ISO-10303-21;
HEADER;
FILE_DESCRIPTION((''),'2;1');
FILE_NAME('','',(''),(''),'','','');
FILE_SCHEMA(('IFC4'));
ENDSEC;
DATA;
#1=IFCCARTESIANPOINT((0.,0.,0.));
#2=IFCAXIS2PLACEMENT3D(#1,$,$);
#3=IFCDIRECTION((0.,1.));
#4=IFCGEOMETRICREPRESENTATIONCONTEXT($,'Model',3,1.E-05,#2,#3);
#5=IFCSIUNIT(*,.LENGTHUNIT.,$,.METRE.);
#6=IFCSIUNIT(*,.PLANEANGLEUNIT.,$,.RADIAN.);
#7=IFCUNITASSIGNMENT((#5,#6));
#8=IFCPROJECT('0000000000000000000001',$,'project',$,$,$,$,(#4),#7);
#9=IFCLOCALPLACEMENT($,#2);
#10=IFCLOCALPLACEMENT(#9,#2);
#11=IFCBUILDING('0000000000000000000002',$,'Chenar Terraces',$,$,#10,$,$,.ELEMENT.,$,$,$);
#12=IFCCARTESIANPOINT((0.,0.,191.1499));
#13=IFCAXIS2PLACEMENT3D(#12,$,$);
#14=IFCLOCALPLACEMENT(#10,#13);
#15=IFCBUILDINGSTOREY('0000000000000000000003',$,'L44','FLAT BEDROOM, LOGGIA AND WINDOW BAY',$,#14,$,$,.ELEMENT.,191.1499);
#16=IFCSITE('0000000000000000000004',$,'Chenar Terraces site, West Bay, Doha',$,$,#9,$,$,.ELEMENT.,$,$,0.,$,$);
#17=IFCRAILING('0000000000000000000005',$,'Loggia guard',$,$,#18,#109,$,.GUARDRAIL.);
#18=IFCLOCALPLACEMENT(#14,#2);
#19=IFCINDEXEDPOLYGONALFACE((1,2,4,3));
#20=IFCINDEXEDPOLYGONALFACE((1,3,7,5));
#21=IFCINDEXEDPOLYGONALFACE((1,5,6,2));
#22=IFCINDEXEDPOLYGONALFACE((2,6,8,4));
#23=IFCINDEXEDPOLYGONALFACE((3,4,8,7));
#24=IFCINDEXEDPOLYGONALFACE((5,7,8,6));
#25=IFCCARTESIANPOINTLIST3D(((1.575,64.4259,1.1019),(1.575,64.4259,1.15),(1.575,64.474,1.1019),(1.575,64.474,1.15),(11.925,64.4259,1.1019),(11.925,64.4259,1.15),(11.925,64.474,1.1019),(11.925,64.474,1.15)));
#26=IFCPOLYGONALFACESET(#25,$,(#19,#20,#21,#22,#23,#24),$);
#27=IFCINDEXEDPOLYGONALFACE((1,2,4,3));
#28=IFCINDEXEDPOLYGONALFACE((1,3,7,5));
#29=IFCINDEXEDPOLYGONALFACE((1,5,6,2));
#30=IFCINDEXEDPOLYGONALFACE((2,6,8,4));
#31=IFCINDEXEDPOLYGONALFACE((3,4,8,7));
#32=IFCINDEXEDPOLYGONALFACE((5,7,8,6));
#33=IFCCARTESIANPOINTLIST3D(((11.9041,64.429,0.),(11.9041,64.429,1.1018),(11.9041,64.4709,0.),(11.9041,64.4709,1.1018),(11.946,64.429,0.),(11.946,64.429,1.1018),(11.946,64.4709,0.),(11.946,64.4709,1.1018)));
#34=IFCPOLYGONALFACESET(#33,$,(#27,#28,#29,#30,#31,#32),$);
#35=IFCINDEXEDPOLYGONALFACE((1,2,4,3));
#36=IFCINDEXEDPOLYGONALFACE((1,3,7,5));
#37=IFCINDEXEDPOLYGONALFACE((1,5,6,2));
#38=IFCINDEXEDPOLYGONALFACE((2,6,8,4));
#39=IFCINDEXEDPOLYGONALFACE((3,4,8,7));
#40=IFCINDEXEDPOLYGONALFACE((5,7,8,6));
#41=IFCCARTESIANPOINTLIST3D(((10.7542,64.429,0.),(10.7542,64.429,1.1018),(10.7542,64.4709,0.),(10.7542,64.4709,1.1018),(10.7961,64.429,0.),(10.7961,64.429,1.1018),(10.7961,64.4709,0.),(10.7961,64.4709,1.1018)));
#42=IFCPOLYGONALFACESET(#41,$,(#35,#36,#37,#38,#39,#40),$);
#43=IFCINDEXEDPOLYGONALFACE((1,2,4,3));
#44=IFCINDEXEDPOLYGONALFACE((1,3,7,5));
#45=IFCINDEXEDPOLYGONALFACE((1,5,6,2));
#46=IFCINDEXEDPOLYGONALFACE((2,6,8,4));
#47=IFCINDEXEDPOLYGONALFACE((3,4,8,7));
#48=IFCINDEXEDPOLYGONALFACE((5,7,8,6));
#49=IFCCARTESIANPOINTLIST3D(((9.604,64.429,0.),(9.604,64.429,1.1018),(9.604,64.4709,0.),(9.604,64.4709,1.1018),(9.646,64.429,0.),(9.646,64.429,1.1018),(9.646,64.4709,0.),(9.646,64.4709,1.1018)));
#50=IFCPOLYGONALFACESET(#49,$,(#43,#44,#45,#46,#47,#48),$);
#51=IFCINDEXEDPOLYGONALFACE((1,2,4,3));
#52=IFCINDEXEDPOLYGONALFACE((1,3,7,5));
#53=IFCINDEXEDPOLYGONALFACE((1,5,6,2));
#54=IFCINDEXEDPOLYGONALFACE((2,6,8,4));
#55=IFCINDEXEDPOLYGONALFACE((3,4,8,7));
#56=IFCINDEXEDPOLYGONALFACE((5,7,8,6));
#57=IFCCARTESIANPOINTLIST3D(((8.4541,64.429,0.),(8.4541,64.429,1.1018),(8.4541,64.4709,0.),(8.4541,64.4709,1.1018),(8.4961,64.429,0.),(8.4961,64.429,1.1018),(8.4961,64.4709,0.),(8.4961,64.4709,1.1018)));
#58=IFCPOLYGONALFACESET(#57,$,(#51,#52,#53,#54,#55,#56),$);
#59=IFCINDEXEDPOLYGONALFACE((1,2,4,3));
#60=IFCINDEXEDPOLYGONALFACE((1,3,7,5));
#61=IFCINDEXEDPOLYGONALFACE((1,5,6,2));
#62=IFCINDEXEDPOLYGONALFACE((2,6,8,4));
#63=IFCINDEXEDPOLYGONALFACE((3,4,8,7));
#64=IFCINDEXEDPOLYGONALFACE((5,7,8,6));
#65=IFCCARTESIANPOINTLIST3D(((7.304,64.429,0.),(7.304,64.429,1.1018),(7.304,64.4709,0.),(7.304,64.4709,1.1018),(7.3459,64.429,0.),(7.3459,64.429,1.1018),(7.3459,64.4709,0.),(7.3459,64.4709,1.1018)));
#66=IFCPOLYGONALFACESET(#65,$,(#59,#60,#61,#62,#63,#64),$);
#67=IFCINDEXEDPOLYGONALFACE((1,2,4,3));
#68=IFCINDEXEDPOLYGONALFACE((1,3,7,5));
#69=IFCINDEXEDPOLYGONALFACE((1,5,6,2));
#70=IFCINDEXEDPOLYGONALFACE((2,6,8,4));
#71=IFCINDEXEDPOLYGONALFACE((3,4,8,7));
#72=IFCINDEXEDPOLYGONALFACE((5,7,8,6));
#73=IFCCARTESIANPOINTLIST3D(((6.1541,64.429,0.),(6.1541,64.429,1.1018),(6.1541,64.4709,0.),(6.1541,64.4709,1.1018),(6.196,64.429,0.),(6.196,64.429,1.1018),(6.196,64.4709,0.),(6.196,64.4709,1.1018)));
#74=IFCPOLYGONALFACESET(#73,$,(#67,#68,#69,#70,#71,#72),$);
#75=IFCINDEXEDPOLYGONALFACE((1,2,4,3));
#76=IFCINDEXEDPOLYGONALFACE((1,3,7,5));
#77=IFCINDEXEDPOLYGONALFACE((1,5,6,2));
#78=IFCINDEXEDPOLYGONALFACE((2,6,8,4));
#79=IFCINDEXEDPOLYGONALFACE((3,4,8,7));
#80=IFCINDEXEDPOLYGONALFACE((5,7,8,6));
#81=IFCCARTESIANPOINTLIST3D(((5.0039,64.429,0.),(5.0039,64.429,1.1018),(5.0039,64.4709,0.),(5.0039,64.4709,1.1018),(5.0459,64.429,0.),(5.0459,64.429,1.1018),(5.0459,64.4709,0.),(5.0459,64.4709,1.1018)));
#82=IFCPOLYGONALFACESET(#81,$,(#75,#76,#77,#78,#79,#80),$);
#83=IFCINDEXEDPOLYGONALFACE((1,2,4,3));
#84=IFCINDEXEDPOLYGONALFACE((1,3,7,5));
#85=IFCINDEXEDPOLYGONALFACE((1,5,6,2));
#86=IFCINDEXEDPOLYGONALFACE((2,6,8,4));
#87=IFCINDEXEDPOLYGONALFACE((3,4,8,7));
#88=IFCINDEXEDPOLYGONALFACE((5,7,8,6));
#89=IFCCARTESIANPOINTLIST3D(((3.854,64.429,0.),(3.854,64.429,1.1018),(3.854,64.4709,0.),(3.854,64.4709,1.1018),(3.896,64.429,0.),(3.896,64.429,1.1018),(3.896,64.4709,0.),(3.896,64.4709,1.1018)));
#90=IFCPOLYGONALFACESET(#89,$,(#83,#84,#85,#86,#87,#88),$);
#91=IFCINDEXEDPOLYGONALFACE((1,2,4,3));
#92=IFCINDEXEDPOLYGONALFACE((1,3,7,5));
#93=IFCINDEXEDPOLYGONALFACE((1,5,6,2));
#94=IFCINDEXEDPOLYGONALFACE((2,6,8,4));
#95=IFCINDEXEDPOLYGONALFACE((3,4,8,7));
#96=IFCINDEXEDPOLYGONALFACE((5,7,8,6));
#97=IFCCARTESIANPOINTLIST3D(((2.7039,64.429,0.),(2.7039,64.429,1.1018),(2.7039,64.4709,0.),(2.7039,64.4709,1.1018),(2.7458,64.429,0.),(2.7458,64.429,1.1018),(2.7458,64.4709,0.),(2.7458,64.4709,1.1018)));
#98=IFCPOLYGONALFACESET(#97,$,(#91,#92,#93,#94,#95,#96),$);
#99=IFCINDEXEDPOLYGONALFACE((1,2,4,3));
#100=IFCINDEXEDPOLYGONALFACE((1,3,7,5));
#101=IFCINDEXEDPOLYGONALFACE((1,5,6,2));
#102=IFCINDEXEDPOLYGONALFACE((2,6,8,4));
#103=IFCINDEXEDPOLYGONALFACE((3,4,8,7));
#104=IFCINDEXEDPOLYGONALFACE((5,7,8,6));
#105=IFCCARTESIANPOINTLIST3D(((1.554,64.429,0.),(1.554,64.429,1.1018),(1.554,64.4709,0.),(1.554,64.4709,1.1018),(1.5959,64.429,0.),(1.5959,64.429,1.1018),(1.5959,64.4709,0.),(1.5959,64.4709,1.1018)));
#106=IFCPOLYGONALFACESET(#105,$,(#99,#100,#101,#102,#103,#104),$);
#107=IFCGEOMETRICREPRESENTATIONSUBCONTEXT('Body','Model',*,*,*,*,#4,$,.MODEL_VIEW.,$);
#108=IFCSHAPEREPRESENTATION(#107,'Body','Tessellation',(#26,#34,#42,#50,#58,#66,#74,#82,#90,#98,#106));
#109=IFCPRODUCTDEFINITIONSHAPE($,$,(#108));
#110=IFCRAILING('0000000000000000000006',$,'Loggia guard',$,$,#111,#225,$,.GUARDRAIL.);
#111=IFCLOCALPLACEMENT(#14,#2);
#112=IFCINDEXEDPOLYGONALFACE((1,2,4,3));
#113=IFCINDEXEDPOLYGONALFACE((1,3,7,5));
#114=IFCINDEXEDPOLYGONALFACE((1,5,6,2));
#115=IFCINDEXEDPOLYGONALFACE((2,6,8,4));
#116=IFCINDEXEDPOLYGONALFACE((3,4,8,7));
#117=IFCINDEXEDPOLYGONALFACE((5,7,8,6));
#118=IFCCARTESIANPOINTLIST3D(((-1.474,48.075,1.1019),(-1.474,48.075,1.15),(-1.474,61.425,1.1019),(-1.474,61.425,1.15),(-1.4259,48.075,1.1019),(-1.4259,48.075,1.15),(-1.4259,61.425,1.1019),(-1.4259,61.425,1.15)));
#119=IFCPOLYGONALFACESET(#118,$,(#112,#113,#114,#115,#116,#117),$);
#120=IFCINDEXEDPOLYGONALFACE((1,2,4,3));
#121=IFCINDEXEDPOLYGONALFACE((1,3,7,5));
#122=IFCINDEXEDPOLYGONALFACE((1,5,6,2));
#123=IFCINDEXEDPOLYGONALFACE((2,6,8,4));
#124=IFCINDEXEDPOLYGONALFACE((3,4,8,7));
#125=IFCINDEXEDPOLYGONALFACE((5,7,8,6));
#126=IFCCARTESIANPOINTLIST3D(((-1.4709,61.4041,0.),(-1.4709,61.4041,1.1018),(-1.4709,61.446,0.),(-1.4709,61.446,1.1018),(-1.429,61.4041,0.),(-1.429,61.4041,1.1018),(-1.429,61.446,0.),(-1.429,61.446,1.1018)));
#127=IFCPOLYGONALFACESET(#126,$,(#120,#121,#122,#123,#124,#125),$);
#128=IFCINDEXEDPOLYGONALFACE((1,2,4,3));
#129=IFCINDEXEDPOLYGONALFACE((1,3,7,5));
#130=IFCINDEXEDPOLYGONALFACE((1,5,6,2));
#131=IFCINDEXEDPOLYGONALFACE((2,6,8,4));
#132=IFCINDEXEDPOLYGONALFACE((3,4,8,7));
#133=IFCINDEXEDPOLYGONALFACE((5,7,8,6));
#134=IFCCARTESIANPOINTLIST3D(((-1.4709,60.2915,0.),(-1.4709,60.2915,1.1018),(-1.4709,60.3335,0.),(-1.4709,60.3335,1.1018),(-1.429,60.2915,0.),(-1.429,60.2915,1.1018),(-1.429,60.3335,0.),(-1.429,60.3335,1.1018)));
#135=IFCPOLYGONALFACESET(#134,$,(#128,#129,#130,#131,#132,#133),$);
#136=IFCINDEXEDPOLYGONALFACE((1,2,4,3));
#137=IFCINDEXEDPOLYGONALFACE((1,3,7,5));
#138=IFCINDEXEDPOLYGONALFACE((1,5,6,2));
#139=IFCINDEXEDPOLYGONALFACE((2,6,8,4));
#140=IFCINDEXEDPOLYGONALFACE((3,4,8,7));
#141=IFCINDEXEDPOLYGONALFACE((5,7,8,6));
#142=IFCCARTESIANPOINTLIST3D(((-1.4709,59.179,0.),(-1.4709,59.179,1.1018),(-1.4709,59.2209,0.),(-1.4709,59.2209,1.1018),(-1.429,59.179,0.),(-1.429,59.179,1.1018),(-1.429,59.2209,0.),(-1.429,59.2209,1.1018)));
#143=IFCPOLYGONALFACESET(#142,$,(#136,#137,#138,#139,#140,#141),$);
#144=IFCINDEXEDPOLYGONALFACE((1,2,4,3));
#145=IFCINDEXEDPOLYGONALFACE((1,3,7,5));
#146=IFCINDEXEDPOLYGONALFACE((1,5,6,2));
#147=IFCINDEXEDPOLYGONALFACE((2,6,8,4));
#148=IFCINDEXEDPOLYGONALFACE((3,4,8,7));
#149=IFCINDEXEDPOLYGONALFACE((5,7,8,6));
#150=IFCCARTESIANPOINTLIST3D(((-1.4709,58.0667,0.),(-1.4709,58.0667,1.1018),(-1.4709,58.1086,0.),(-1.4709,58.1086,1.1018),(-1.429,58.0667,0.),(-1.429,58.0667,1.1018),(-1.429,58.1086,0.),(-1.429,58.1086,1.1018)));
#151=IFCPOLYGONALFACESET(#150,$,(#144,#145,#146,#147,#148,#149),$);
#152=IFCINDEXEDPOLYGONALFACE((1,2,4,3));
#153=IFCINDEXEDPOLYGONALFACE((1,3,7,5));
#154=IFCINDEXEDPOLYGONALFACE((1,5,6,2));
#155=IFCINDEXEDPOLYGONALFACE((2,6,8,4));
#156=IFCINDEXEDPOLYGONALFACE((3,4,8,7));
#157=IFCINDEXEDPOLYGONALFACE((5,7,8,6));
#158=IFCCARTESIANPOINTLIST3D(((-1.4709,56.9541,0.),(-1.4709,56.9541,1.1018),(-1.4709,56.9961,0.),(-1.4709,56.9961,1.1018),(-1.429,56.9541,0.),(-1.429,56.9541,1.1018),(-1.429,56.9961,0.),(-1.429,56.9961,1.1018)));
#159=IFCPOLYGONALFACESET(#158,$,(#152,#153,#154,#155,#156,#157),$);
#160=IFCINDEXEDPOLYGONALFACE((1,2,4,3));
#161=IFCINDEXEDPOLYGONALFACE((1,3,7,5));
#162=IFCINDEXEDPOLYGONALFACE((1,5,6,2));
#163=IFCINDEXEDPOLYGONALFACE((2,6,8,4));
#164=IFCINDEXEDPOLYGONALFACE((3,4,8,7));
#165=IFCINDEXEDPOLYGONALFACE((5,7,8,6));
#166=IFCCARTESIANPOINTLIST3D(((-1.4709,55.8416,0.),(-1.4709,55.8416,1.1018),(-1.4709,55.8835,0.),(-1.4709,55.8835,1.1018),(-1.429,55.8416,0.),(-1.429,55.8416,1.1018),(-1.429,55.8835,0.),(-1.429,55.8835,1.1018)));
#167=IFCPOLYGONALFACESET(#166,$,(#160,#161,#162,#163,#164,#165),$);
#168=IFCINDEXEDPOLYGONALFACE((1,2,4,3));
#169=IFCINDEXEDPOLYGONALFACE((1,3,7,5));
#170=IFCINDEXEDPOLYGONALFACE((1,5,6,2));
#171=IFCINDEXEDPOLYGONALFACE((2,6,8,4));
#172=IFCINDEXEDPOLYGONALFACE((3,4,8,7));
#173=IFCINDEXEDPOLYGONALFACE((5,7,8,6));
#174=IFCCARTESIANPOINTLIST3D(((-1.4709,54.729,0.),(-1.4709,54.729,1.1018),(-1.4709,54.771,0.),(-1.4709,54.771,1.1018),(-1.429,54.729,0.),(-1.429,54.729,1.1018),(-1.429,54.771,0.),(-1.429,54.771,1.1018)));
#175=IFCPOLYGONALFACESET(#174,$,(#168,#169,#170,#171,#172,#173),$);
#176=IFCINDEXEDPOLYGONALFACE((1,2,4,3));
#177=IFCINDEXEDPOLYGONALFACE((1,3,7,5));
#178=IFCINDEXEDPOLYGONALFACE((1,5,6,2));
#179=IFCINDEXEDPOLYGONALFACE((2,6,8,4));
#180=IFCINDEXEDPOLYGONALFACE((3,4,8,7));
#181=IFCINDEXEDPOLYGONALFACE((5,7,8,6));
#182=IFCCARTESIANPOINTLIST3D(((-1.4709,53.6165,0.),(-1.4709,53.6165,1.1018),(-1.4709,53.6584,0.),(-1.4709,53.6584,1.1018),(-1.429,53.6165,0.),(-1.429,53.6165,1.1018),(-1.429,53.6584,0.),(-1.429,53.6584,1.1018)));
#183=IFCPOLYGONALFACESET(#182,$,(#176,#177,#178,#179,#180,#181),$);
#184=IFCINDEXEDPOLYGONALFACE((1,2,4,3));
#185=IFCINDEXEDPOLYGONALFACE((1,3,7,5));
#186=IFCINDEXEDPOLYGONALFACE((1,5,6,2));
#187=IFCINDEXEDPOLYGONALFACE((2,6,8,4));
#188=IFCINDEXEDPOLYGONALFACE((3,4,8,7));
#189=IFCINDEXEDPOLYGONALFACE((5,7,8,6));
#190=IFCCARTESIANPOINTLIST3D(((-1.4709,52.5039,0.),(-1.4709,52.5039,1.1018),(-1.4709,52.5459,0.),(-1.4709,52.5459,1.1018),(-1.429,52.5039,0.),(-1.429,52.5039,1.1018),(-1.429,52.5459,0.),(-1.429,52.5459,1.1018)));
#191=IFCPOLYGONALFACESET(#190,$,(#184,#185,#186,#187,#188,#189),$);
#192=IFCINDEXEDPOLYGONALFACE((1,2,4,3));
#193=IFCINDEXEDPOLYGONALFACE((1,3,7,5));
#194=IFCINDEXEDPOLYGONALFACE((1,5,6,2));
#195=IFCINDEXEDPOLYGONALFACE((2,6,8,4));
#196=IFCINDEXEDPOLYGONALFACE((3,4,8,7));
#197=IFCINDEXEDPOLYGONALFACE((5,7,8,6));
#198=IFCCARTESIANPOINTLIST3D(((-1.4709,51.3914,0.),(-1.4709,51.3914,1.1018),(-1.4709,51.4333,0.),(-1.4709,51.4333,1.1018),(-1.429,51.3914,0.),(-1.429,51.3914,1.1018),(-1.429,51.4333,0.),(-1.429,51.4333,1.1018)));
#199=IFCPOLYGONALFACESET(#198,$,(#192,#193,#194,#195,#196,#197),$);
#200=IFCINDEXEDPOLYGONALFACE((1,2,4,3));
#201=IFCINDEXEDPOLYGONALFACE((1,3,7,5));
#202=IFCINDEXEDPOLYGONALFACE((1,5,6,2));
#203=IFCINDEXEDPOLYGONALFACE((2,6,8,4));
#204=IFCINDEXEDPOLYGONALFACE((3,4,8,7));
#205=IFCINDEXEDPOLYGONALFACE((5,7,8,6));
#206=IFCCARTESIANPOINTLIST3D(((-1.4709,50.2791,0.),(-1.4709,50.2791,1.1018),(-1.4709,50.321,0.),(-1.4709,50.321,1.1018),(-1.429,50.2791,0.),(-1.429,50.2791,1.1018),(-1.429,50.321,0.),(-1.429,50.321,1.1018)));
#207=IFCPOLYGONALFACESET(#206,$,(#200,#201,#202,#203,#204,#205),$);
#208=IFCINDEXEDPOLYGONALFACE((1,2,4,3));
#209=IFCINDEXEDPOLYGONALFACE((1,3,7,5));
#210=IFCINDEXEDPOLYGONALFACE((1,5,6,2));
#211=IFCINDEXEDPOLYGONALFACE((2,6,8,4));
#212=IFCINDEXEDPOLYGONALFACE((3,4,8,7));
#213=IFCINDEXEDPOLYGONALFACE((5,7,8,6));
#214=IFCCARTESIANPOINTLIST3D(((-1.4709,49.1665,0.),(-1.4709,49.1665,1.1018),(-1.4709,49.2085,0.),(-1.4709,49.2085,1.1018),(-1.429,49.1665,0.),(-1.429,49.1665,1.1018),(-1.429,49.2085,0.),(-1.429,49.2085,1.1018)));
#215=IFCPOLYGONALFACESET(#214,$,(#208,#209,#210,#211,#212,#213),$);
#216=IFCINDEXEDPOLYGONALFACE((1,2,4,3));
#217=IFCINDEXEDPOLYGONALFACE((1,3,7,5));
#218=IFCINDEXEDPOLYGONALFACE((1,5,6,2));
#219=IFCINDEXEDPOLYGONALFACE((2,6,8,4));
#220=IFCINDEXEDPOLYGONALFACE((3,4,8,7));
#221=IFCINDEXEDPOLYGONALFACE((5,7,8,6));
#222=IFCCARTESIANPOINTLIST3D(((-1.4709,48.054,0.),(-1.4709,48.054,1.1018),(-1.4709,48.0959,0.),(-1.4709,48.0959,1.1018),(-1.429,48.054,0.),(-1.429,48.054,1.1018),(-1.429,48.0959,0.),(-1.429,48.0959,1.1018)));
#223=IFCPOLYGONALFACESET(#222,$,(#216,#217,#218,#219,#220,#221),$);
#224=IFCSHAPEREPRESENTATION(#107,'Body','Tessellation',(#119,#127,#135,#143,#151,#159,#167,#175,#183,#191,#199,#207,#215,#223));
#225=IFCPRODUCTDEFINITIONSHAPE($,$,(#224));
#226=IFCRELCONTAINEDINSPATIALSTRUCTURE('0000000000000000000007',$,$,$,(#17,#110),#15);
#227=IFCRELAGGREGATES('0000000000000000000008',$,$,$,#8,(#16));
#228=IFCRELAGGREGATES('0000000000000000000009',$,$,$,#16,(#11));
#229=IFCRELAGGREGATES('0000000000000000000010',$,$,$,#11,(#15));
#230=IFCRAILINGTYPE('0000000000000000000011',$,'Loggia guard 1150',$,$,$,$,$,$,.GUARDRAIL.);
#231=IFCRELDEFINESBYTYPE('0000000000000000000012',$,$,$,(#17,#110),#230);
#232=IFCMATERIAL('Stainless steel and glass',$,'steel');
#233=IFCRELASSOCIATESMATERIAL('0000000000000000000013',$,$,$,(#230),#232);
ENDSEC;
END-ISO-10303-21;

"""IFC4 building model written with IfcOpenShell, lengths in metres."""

from ifc_helpers import new_model, si_unit, direction, frame, origin, origin_2d, place, context, subcontext, project, spatial, rectangle, extrude, material, type_object, element, save


model = new_model("IFC4")

# Units and contexts
model_context = context("Model", 3, precision=1e-05, world=origin(), true_north=direction((0.0, 1.0)))
body_context = subcontext(model_context, "Body", "Model", "MODEL_VIEW")
ifc_project = project(units=[si_unit("LENGTHUNIT", "METRE"), si_unit("PLANEANGLEUNIT", "RADIAN")], contexts=[model_context])

# Site, building, storey
site_placement = place(None, origin())
site = spatial("IfcSite", under=ifc_project, at=site_placement, Name="Chenar Terraces site, West Bay, Doha", CompositionType="ELEMENT", RefElevation=0.0)
building_placement = place(site_placement, origin())
building = spatial("IfcBuilding", under=site, at=building_placement, Name="Chenar Terraces", CompositionType="ELEMENT")
storey_placement = place(building_placement, frame((0.0, 0.0, 191.1499)))
storey = spatial("IfcBuildingStorey", under=building, at=storey_placement, Name="L44", Description="FLAT BEDROOM, LOGGIA AND WINDOW BAY", CompositionType="ELEMENT", Elevation=191.1499)

# Railings
ifc_material_1 = material(Name="Stainless steel and glass", Category="steel")
railing_type = type_object("IfcRailingType", Name="Loggia guard 1150", PredefinedType="GUARDRAIL", material=ifc_material_1)
railing_1_placement = place(storey_placement, frame((11.925, 64.45, 0.0)))
element("IfcRailing", 1, at=railing_1_placement, inside=storey, type_object=railing_type, Name="Loggia guard", PredefinedType="GUARDRAIL", context=body_context, shape_type="SweptSolid", body=[
    extrude(rectangle(XDim=0.0481, YDim=0.0481, at=origin_2d()), frame((0.0, 0.0, 1.126), z_axis=(-1.0, 0.0, 0.0), x_axis=(0.0, -1.0, 0.0)), (0.0, 0.0, 1.0), 10.3501),
    extrude(rectangle(XDim=0.042, YDim=0.042, at=origin_2d()), origin(), (0.0, 0.0, 1.0), 1.1018),
    extrude(rectangle(XDim=0.042, YDim=0.042, at=origin_2d()), frame((-1.1499, 0.0, 0.0)), (0.0, 0.0, 1.0), 1.1018),
    extrude(rectangle(XDim=0.042, YDim=0.042, at=origin_2d()), frame((-2.3, 0.0, 0.0)), (0.0, 0.0, 1.0), 1.1018),
    extrude(rectangle(XDim=0.042, YDim=0.042, at=origin_2d()), frame((-3.45, 0.0, 0.0)), (0.0, 0.0, 1.0), 1.1018),
    extrude(rectangle(XDim=0.042, YDim=0.042, at=origin_2d()), frame((-4.6001, 0.0, 0.0)), (0.0, 0.0, 1.0), 1.1018),
    extrude(rectangle(XDim=0.042, YDim=0.042, at=origin_2d()), frame((-5.75, 0.0, 0.0)), (0.0, 0.0, 1.0), 1.1018),
    extrude(rectangle(XDim=0.042, YDim=0.042, at=origin_2d()), frame((-6.9001, 0.0, 0.0)), (0.0, 0.0, 1.0), 1.1018),
    extrude(rectangle(XDim=0.042, YDim=0.042, at=origin_2d()), frame((-8.05, 0.0, 0.0)), (0.0, 0.0, 1.0), 1.1018),
    extrude(rectangle(XDim=0.042, YDim=0.042, at=origin_2d()), frame((-9.2002, 0.0, 0.0)), (0.0, 0.0, 1.0), 1.1018),
    extrude(rectangle(XDim=0.042, YDim=0.042, at=origin_2d()), frame((-10.3501, 0.0, 0.0)), (0.0, 0.0, 1.0), 1.1018),
])
railing_2_placement = place(storey_placement, frame((-1.45, 61.425, 0.0)))
element("IfcRailing", 2, at=railing_2_placement, inside=storey, type_object=railing_type, Name="Loggia guard", PredefinedType="GUARDRAIL", context=body_context, shape_type="SweptSolid", body=[
    extrude(rectangle(XDim=0.0481, YDim=0.0481, at=origin_2d()), frame((0.0, 0.0, 1.126), z_axis=(0.0, -1.0, 0.0), x_axis=(1.0, 0.0, 0.0)), (0.0, 0.0, 1.0), 13.3501),
    extrude(rectangle(XDim=0.042, YDim=0.042, at=origin_2d()), origin(), (0.0, 0.0, 1.0), 1.1018),
    extrude(rectangle(XDim=0.042, YDim=0.042, at=origin_2d()), frame((0.0, -1.1125, 0.0)), (0.0, 0.0, 1.0), 1.1018),
    extrude(rectangle(XDim=0.042, YDim=0.042, at=origin_2d()), frame((0.0, -2.2251, 0.0)), (0.0, 0.0, 1.0), 1.1018),
    extrude(rectangle(XDim=0.042, YDim=0.042, at=origin_2d()), frame((0.0, -3.3374, 0.0)), (0.0, 0.0, 1.0), 1.1018),
    extrude(rectangle(XDim=0.042, YDim=0.042, at=origin_2d()), frame((0.0, -4.45, 0.0)), (0.0, 0.0, 1.0), 1.1018),
    extrude(rectangle(XDim=0.042, YDim=0.042, at=origin_2d()), frame((0.0, -5.5625, 0.0)), (0.0, 0.0, 1.0), 1.1018),
    extrude(rectangle(XDim=0.042, YDim=0.042, at=origin_2d()), frame((0.0, -6.675, 0.0)), (0.0, 0.0, 1.0), 1.1018),
    extrude(rectangle(XDim=0.042, YDim=0.042, at=origin_2d()), frame((0.0, -7.7876, 0.0)), (0.0, 0.0, 1.0), 1.1018),
    extrude(rectangle(XDim=0.042, YDim=0.042, at=origin_2d()), frame((0.0, -8.9001, 0.0)), (0.0, 0.0, 1.0), 1.1018),
    extrude(rectangle(XDim=0.042, YDim=0.042, at=origin_2d()), frame((0.0, -10.0127, 0.0)), (0.0, 0.0, 1.0), 1.1018),
    extrude(rectangle(XDim=0.042, YDim=0.042, at=origin_2d()), frame((0.0, -11.125, 0.0)), (0.0, 0.0, 1.0), 1.1018),
    extrude(rectangle(XDim=0.042, YDim=0.042, at=origin_2d()), frame((0.0, -12.2375, 0.0)), (0.0, 0.0, 1.0), 1.1018),
    extrude(rectangle(XDim=0.042, YDim=0.042, at=origin_2d()), frame((0.0, -13.3501, 0.0)), (0.0, 0.0, 1.0), 1.1018),
])

save(model, "model.ifc")
